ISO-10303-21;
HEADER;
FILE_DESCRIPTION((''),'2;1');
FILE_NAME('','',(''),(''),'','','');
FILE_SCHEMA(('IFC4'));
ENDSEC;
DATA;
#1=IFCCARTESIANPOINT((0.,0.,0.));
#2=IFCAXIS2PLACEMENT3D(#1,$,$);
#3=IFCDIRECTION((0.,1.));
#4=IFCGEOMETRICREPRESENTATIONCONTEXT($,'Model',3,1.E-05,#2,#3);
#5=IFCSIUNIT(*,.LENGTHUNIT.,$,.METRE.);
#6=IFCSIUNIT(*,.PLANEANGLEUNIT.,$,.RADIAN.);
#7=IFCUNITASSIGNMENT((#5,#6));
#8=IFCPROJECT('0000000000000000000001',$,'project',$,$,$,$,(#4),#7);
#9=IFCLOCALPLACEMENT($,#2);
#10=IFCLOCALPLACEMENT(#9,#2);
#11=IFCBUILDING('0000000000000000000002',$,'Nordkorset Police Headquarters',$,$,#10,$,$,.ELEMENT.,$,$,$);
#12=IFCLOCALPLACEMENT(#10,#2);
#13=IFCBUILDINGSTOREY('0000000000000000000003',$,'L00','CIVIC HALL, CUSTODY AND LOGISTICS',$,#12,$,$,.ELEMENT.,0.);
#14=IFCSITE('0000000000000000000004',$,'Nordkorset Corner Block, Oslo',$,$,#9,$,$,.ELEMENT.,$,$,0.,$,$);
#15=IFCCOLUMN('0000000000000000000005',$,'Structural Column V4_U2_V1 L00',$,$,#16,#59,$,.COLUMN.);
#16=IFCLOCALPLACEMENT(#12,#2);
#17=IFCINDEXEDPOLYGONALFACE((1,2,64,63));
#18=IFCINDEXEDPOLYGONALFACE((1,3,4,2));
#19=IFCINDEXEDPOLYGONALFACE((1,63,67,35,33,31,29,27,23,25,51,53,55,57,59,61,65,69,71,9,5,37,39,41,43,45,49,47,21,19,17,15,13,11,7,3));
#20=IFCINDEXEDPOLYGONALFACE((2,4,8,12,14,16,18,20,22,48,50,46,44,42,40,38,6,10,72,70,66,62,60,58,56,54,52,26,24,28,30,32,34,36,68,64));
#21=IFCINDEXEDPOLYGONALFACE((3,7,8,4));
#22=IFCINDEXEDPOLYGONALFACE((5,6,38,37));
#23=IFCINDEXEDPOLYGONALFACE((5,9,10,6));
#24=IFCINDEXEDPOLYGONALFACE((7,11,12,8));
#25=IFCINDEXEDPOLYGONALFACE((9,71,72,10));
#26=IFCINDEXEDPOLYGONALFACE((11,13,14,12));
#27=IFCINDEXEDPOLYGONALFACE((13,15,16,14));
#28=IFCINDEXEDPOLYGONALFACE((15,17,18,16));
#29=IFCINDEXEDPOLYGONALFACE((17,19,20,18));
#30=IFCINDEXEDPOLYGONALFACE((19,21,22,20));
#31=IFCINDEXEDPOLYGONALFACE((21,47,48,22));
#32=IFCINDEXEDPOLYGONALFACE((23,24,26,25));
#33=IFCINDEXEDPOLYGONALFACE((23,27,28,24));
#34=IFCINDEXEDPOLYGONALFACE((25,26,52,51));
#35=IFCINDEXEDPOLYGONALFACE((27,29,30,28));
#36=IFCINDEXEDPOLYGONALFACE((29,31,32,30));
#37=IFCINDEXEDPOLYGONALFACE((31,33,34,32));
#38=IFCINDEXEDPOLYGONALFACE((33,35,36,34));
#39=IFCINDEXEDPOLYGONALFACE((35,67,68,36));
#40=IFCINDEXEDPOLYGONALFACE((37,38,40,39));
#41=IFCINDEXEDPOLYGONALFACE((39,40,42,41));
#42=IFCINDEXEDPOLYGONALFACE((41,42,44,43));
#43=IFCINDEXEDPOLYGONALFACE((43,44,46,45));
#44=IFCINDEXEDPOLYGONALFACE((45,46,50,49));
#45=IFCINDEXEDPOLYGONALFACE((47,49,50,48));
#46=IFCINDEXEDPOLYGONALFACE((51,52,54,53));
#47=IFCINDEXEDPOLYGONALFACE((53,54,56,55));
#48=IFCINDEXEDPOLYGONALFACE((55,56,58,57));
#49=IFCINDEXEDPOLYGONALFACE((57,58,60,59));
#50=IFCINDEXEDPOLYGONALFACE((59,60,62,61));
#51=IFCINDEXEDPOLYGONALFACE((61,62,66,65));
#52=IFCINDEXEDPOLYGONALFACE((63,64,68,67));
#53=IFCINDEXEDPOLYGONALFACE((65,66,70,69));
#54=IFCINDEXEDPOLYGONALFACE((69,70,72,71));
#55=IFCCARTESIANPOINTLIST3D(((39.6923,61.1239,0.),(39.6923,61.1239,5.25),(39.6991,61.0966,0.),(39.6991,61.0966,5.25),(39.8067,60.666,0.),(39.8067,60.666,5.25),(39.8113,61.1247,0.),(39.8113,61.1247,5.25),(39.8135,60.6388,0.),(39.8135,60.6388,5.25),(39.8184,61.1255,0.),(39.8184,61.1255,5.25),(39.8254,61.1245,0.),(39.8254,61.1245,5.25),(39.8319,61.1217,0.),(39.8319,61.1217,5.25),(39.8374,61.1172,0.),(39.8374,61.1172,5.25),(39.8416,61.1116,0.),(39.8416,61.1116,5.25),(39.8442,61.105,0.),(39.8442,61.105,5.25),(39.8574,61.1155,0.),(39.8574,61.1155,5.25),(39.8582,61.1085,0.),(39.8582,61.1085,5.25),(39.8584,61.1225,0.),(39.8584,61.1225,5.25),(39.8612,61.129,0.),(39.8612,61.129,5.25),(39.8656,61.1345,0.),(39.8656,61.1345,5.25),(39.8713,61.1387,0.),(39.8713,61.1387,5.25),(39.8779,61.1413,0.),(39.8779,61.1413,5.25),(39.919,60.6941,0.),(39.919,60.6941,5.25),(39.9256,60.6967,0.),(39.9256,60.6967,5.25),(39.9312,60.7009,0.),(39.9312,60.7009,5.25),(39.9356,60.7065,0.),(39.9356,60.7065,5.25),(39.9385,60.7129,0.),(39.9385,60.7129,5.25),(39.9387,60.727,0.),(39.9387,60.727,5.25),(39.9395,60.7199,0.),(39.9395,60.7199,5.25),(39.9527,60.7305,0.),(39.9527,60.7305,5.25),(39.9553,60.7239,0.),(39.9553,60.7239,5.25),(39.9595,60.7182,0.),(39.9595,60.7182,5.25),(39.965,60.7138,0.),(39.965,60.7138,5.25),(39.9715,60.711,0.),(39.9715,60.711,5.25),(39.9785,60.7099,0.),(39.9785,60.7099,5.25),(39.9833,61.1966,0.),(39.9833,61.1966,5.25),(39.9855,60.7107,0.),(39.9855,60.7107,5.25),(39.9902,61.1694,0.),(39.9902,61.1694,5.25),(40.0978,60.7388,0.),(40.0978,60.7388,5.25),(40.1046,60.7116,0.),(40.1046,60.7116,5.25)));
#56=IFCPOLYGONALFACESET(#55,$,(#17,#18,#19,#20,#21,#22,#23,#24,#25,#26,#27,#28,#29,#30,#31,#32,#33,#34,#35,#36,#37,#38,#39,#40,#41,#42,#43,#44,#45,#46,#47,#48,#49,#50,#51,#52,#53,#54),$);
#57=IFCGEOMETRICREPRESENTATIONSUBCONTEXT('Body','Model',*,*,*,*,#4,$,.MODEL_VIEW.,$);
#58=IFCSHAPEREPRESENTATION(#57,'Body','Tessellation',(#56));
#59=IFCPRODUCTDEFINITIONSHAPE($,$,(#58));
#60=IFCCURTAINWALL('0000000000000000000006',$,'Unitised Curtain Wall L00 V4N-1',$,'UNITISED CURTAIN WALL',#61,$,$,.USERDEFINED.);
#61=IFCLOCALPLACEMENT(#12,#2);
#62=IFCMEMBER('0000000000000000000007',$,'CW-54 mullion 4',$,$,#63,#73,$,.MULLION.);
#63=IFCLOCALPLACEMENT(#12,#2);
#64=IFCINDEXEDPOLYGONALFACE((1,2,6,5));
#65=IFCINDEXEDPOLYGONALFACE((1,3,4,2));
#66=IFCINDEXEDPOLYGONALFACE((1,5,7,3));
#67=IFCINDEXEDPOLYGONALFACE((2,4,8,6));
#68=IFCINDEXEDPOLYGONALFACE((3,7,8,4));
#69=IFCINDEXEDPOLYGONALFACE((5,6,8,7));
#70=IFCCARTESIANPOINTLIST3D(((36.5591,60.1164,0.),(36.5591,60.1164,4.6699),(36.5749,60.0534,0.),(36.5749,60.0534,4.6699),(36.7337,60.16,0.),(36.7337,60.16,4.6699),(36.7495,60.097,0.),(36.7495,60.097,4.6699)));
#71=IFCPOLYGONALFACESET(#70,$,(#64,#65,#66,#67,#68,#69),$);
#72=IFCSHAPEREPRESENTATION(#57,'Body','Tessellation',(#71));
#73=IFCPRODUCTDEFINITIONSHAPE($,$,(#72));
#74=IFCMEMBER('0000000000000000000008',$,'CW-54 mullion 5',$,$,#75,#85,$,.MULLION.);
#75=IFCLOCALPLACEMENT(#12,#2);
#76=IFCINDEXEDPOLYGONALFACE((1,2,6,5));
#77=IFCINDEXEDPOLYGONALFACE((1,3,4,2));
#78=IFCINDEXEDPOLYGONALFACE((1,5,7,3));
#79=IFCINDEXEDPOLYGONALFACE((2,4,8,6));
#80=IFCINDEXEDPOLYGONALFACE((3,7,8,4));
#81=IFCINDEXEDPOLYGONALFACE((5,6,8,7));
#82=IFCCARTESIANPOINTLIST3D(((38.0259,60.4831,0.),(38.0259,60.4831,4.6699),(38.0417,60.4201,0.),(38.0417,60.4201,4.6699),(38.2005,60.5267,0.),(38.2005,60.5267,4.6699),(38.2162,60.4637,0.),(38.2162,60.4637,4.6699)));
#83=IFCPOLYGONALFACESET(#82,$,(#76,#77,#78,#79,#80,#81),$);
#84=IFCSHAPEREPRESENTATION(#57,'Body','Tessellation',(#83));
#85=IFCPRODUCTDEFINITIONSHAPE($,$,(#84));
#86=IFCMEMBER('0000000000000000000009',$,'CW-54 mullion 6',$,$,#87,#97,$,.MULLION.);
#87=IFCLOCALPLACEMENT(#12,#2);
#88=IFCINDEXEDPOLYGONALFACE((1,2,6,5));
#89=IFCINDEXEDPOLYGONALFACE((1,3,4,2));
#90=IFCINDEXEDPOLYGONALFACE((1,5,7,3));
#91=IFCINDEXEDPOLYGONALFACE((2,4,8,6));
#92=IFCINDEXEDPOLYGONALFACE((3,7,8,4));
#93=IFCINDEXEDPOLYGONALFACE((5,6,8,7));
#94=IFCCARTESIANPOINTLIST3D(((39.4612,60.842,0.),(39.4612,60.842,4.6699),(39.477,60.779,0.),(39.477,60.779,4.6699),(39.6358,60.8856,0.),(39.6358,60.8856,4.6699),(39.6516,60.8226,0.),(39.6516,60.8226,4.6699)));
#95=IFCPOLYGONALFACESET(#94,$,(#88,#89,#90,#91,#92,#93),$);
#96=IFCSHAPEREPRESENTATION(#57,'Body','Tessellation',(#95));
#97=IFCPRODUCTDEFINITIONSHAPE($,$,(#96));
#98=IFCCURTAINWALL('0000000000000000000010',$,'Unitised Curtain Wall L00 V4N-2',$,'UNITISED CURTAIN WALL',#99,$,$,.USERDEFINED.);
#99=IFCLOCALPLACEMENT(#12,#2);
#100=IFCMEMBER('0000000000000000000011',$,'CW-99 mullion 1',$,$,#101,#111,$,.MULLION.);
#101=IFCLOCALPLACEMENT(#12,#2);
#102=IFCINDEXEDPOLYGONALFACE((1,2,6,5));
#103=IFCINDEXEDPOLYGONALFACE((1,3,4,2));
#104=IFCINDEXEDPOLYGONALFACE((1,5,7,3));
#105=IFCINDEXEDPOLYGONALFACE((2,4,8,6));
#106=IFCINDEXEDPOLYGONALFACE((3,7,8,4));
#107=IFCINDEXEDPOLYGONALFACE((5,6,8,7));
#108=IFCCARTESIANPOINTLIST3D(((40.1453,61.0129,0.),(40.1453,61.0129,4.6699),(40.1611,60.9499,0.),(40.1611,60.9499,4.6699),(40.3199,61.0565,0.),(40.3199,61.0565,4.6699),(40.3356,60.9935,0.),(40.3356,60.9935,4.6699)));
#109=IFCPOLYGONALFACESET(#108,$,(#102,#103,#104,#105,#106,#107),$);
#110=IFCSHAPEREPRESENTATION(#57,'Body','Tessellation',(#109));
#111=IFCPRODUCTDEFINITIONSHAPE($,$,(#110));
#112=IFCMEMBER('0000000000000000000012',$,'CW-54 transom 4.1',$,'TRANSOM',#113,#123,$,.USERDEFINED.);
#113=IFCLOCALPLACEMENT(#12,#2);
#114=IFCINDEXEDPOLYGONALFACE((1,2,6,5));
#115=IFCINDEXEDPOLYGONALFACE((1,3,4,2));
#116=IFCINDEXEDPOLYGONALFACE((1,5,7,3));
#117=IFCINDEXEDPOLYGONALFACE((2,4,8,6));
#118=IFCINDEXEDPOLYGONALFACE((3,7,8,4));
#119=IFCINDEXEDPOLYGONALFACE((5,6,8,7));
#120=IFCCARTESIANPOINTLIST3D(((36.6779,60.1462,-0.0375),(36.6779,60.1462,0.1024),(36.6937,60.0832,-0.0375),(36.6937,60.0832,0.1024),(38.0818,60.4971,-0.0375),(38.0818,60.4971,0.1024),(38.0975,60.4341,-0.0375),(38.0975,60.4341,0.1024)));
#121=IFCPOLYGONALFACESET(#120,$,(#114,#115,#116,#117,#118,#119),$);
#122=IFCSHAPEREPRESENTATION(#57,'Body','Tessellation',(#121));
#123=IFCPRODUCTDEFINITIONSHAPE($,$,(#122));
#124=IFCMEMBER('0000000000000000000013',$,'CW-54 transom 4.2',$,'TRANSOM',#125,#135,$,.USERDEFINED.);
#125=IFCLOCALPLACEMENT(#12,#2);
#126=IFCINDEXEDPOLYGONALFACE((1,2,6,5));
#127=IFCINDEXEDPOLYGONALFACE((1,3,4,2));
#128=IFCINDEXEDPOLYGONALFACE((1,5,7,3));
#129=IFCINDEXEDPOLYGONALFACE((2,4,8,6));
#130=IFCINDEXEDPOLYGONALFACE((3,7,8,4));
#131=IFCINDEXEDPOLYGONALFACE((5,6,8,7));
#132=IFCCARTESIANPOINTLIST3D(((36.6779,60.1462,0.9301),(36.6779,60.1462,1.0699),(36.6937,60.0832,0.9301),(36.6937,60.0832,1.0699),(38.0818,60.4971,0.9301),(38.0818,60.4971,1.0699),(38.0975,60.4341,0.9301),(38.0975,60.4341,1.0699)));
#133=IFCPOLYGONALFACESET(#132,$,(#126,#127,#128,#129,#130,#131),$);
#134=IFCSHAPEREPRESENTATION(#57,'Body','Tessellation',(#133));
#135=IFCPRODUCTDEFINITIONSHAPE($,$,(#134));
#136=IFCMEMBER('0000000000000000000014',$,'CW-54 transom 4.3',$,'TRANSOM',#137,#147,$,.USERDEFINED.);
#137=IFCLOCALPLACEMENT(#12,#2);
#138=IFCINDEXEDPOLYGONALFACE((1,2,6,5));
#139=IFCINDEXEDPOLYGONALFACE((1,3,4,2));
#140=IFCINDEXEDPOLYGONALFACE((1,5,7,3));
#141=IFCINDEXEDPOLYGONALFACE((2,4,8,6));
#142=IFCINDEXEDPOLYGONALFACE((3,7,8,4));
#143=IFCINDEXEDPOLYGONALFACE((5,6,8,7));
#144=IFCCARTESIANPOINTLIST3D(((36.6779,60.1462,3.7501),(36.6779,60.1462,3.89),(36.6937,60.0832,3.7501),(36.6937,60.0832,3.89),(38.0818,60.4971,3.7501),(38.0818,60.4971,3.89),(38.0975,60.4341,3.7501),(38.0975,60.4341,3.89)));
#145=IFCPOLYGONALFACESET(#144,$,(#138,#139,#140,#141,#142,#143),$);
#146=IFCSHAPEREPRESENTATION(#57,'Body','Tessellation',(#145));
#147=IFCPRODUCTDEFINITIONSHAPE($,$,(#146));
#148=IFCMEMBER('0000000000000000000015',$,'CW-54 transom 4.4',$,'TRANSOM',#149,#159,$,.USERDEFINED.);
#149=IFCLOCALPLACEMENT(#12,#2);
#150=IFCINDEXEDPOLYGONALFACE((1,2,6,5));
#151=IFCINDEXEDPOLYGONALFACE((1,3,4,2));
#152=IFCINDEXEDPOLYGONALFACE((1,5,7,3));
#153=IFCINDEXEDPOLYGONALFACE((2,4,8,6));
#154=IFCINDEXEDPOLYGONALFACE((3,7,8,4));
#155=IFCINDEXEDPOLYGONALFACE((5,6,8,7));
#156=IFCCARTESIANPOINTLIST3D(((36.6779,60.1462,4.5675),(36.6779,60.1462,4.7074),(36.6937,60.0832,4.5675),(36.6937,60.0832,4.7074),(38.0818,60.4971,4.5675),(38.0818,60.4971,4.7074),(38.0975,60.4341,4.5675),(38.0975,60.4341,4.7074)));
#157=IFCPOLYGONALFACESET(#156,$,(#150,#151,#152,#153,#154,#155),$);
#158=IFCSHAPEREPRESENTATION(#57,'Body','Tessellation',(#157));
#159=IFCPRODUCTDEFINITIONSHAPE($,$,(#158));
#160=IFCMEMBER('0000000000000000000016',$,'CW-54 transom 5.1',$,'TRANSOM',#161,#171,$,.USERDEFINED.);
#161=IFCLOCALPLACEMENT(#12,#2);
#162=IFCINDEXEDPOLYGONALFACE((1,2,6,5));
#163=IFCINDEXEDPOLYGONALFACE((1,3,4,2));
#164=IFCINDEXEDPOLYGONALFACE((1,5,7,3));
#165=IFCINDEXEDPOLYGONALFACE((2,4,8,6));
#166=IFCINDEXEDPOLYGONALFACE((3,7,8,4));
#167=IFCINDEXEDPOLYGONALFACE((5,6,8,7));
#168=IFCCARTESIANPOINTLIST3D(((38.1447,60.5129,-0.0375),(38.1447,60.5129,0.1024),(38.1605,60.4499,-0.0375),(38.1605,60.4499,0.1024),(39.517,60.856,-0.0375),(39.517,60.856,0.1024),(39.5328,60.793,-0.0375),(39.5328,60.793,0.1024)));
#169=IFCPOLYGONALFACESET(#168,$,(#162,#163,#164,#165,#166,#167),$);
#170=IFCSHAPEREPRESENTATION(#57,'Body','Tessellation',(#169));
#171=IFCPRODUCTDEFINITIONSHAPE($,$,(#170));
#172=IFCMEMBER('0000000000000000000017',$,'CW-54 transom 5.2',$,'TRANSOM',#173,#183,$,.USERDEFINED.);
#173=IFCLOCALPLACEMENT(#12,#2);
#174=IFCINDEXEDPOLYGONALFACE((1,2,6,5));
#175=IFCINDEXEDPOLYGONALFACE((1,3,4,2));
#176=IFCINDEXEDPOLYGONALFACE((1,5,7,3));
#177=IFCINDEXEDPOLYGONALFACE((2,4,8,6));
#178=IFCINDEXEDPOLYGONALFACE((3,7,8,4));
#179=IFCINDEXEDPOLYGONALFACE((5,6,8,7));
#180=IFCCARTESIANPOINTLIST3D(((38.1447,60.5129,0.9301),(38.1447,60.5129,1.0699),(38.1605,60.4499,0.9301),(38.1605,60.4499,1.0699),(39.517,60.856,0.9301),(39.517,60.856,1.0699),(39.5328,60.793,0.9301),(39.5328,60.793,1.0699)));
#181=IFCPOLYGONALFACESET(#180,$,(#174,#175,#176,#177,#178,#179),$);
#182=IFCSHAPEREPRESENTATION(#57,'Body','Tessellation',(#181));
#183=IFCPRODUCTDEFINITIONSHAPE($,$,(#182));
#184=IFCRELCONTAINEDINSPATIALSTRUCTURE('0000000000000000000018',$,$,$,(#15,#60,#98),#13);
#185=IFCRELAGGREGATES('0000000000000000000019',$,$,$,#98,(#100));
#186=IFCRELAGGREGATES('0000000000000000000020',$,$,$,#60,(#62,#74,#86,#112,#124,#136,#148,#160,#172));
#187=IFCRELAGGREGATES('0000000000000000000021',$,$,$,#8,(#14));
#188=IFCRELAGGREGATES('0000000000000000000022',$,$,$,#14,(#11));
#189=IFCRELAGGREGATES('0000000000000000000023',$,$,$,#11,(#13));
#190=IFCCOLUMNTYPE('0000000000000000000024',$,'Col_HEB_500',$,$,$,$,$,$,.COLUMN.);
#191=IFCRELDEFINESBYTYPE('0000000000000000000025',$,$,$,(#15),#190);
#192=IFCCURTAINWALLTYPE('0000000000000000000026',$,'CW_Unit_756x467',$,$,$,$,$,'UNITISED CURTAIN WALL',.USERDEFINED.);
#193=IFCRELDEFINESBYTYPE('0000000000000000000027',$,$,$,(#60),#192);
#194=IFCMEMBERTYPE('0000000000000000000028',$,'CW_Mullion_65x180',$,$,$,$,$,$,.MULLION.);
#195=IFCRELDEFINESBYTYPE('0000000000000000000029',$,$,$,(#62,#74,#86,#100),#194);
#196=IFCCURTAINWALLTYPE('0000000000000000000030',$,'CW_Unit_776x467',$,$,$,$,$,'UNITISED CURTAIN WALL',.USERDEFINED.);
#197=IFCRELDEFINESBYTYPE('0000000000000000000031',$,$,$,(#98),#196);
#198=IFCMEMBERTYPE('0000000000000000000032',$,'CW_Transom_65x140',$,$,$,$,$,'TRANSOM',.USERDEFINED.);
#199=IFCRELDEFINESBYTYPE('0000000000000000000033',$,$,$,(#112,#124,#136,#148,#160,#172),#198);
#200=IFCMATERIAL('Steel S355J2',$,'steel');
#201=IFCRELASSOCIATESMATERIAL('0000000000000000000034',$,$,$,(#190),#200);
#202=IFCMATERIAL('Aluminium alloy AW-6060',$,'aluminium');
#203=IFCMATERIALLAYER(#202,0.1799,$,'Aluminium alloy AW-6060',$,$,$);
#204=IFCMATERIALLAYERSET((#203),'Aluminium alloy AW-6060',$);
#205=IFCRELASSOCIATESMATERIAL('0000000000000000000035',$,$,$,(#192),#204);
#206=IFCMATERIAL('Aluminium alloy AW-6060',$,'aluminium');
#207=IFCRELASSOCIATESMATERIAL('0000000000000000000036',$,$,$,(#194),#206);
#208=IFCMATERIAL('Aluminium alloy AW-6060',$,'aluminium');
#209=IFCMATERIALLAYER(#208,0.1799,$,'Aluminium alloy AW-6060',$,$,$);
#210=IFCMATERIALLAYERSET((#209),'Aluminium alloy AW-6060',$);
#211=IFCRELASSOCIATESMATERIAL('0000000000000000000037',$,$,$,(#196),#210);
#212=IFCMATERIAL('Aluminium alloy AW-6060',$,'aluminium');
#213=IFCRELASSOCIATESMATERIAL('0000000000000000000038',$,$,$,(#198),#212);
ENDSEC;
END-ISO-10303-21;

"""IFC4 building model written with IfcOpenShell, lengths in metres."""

from ifc_helpers import new_model, si_unit, direction, frame, origin, origin_2d, place, context, subcontext, project, spatial, rectangle, i_section, extrude, material, layer, layer_set, material_profile, profile_set, type_object, element, aggregate, save


model = new_model("IFC4")

# Units and contexts
model_context = context("Model", 3, precision=1e-05, world=origin(), true_north=direction((0.0, 1.0)))
body_context = subcontext(model_context, "Body", "Model", "MODEL_VIEW")
ifc_project = project(units=[si_unit("LENGTHUNIT", "METRE"), si_unit("PLANEANGLEUNIT", "RADIAN")], contexts=[model_context])

# Site, building, storey
site_placement = place(None, origin())
site = spatial("IfcSite", under=ifc_project, at=site_placement, Name="Nordkorset Corner Block, Oslo", CompositionType="ELEMENT", RefElevation=0.0)
building_placement = place(site_placement, origin())
building = spatial("IfcBuilding", under=site, at=building_placement, Name="Nordkorset Police Headquarters", CompositionType="ELEMENT")
storey_placement = place(building_placement, origin())
storey = spatial("IfcBuildingStorey", under=building, at=storey_placement, Name="L00", Description="CIVIC HALL, CUSTODY AND LOGISTICS", CompositionType="ELEMENT", Elevation=0.0)

# Column
ifc_material_1 = material(Name="Steel S355J2", Category="steel")
ifc_material_profile_1 = material_profile(ifc_material_1, i_section(OverallWidth=0.3, OverallDepth=0.5, WebThickness=0.0144, FlangeThickness=0.0281, FilletRadius=0.0271, at=origin_2d()), Name="HEB 500")
ifc_profile_set_1 = profile_set([ifc_material_profile_1], Name="Steel S355J2")
column_type = type_object("IfcColumnType", Name="Col_HEB_500", PredefinedType="COLUMN", material=ifc_profile_set_1)
column_placement = place(storey_placement, frame((39.8984, 60.9177, 0.0), z_axis=(0.0, 0.0, 1.0), x_axis=(0.970143, 0.242536, 0.0)))
element("IfcColumn", 1, at=column_placement, inside=storey, type_object=column_type, Name="Structural Column V4_U2_V1 L00", PredefinedType="COLUMN", context=body_context, shape_type="SweptSolid", body=[
    extrude(i_section(OverallWidth=0.3, OverallDepth=0.5, WebThickness=0.0144, FlangeThickness=0.0281, FilletRadius=0.0271, at=origin_2d()), origin(), (0.0, 0.0, 1.0), 5.25),
])

# Curtain wall, members
ifc_material_2 = material(Name="Aluminium alloy AW-6060", Category="aluminium")
ifc_layer_1 = layer(ifc_material_2, 0.1799, Name="Aluminium alloy AW-6060")
ifc_layer_set_1 = layer_set([ifc_layer_1], Name="Aluminium alloy AW-6060")
curtain_wall_type_1 = type_object("IfcCurtainWallType", Name="CW_Unit_756x467", ElementType="UNITISED CURTAIN WALL", PredefinedType="USERDEFINED", material=ifc_layer_set_1)
curtain_wall_1_placement = place(storey_placement, origin())
curtain_wall_1 = element("IfcCurtainWall", 2, at=curtain_wall_1_placement, inside=storey, type_object=curtain_wall_type_1, Name="Unitised Curtain Wall L00 V4N-1", ObjectType="UNITISED CURTAIN WALL", PredefinedType="USERDEFINED")
ifc_material_3 = material(Name="Aluminium alloy AW-6060", Category="aluminium")
ifc_material_profile_2 = material_profile(ifc_material_3, rectangle(XDim=0.0649, YDim=0.1799, at=origin_2d()), Name="ALU MULL 65x180")
ifc_profile_set_2 = profile_set([ifc_material_profile_2], Name="Aluminium alloy AW-6060")
member_type_1 = type_object("IfcMemberType", Name="CW_Mullion_65x180", PredefinedType="MULLION", material=ifc_profile_set_2)
member_1_placement = place(storey_placement, frame((36.6543, 60.1067, 0.0), z_axis=(0.0, 0.0, 1.0), x_axis=(-0.242536, 0.970143, 0.0)))
member_1 = element("IfcMember", 3, at=member_1_placement, type_object=member_type_1, Name="CW-54 mullion 4", PredefinedType="MULLION", context=body_context, shape_type="SweptSolid", body=[
    extrude(rectangle(XDim=0.0649, YDim=0.1799, at=origin_2d()), origin(), (0.0, 0.0, 1.0), 4.6699),
])
member_2_placement = place(storey_placement, frame((38.1211, 60.4734, 0.0), z_axis=(0.0, 0.0, 1.0), x_axis=(-0.242536, 0.970143, 0.0)))
member_2 = element("IfcMember", 4, at=member_2_placement, type_object=member_type_1, Name="CW-54 mullion 5", PredefinedType="MULLION", context=body_context, shape_type="SweptSolid", body=[
    extrude(rectangle(XDim=0.0649, YDim=0.1799, at=origin_2d()), origin(), (0.0, 0.0, 1.0), 4.6699),
])
member_3_placement = place(storey_placement, frame((39.5564, 60.8323, 0.0), z_axis=(0.0, 0.0, 1.0), x_axis=(-0.242536, 0.970143, 0.0)))
member_3 = element("IfcMember", 5, at=member_3_placement, type_object=member_type_1, Name="CW-54 mullion 6", PredefinedType="MULLION", context=body_context, shape_type="SweptSolid", body=[
    extrude(rectangle(XDim=0.0649, YDim=0.1799, at=origin_2d()), origin(), (0.0, 0.0, 1.0), 4.6699),
])

# Curtain wall, member
ifc_material_4 = material(Name="Aluminium alloy AW-6060", Category="aluminium")
ifc_layer_2 = layer(ifc_material_4, 0.1799, Name="Aluminium alloy AW-6060")
ifc_layer_set_2 = layer_set([ifc_layer_2], Name="Aluminium alloy AW-6060")
curtain_wall_type_2 = type_object("IfcCurtainWallType", Name="CW_Unit_776x467", ElementType="UNITISED CURTAIN WALL", PredefinedType="USERDEFINED", material=ifc_layer_set_2)
curtain_wall_2_placement = place(storey_placement, origin())
curtain_wall_2 = element("IfcCurtainWall", 6, at=curtain_wall_2_placement, inside=storey, type_object=curtain_wall_type_2, Name="Unitised Curtain Wall L00 V4N-2", ObjectType="UNITISED CURTAIN WALL", PredefinedType="USERDEFINED")
member_4_placement = place(storey_placement, frame((40.2405, 61.0032, 0.0), z_axis=(0.0, 0.0, 1.0), x_axis=(-0.242536, 0.970142, 0.0)))
member_4 = element("IfcMember", 7, at=member_4_placement, type_object=member_type_1, Name="CW-99 mullion 1", PredefinedType="MULLION", context=body_context, shape_type="SweptSolid", body=[
    extrude(rectangle(XDim=0.0649, YDim=0.1799, at=origin_2d()), origin(), (0.0, 0.0, 1.0), 4.6699),
])

# Members
ifc_material_5 = material(Name="Aluminium alloy AW-6060", Category="aluminium")
ifc_material_profile_3 = material_profile(ifc_material_5, rectangle(XDim=0.0649, YDim=0.1399, at=origin_2d()), Name="ALU TRAN 65x140")
ifc_profile_set_3 = profile_set([ifc_material_profile_3], Name="Aluminium alloy AW-6060")
member_type_2 = type_object("IfcMemberType", Name="CW_Transom_65x140", ElementType="TRANSOM", PredefinedType="USERDEFINED", material=ifc_profile_set_3)
member_5_placement = place(storey_placement, frame((36.6858, 60.1147, 0.0325), z_axis=(0.970162, 0.242456, 0.0), x_axis=(-0.242456, 0.970162, 0.0)))
member_5 = element("IfcMember", 8, at=member_5_placement, type_object=member_type_2, Name="CW-54 transom 4.1", ObjectType="TRANSOM", PredefinedType="USERDEFINED", context=body_context, shape_type="SweptSolid", body=[
    extrude(rectangle(XDim=0.0649, YDim=0.1399, at=origin_2d()), origin(), (0.0, 0.0, 1.0), 1.447),
])
member_6_placement = place(storey_placement, frame((36.6858, 60.1147, 1.0), z_axis=(0.970162, 0.242456, 0.0), x_axis=(-0.242456, 0.970162, 0.0)))
member_6 = element("IfcMember", 9, at=member_6_placement, type_object=member_type_2, Name="CW-54 transom 4.2", ObjectType="TRANSOM", PredefinedType="USERDEFINED", context=body_context, shape_type="SweptSolid", body=[
    extrude(rectangle(XDim=0.0649, YDim=0.1399, at=origin_2d()), origin(), (0.0, 0.0, 1.0), 1.447),
])
member_7_placement = place(storey_placement, frame((36.6858, 60.1147, 3.8201), z_axis=(0.970162, 0.242456, 0.0), x_axis=(-0.242456, 0.970162, 0.0)))
member_7 = element("IfcMember", 10, at=member_7_placement, type_object=member_type_2, Name="CW-54 transom 4.3", ObjectType="TRANSOM", PredefinedType="USERDEFINED", context=body_context, shape_type="SweptSolid", body=[
    extrude(rectangle(XDim=0.0649, YDim=0.1399, at=origin_2d()), origin(), (0.0, 0.0, 1.0), 1.447),
])
member_8_placement = place(storey_placement, frame((36.6858, 60.1147, 4.6375), z_axis=(0.970162, 0.242456, 0.0), x_axis=(-0.242456, 0.970162, 0.0)))
member_8 = element("IfcMember", 11, at=member_8_placement, type_object=member_type_2, Name="CW-54 transom 4.4", ObjectType="TRANSOM", PredefinedType="USERDEFINED", context=body_context, shape_type="SweptSolid", body=[
    extrude(rectangle(XDim=0.0649, YDim=0.1399, at=origin_2d()), origin(), (0.0, 0.0, 1.0), 1.447),
])
member_9_placement = place(storey_placement, frame((38.1526, 60.4814, 0.0325), z_axis=(0.970153, 0.242495, 0.0), x_axis=(-0.242495, 0.970153, 0.0)))
member_9 = element("IfcMember", 12, at=member_9_placement, type_object=member_type_2, Name="CW-54 transom 5.1", ObjectType="TRANSOM", PredefinedType="USERDEFINED", context=body_context, shape_type="SweptSolid", body=[
    extrude(rectangle(XDim=0.0649, YDim=0.1399, at=origin_2d()), origin(), (0.0, 0.0, 1.0), 1.4146),
])
member_10_placement = place(storey_placement, frame((38.1526, 60.4814, 1.0), z_axis=(0.970153, 0.242495, 0.0), x_axis=(-0.242495, 0.970153, 0.0)))
member_10 = element("IfcMember", 13, at=member_10_placement, type_object=member_type_2, Name="CW-54 transom 5.2", ObjectType="TRANSOM", PredefinedType="USERDEFINED", context=body_context, shape_type="SweptSolid", body=[
    extrude(rectangle(XDim=0.0649, YDim=0.1399, at=origin_2d()), origin(), (0.0, 0.0, 1.0), 1.4146),
])
aggregate(curtain_wall_2, [member_4])

aggregate(curtain_wall_1, [member_1, member_2, member_3, member_5, member_6, member_7, member_8, member_9, member_10])

save(model, "model.ifc")
